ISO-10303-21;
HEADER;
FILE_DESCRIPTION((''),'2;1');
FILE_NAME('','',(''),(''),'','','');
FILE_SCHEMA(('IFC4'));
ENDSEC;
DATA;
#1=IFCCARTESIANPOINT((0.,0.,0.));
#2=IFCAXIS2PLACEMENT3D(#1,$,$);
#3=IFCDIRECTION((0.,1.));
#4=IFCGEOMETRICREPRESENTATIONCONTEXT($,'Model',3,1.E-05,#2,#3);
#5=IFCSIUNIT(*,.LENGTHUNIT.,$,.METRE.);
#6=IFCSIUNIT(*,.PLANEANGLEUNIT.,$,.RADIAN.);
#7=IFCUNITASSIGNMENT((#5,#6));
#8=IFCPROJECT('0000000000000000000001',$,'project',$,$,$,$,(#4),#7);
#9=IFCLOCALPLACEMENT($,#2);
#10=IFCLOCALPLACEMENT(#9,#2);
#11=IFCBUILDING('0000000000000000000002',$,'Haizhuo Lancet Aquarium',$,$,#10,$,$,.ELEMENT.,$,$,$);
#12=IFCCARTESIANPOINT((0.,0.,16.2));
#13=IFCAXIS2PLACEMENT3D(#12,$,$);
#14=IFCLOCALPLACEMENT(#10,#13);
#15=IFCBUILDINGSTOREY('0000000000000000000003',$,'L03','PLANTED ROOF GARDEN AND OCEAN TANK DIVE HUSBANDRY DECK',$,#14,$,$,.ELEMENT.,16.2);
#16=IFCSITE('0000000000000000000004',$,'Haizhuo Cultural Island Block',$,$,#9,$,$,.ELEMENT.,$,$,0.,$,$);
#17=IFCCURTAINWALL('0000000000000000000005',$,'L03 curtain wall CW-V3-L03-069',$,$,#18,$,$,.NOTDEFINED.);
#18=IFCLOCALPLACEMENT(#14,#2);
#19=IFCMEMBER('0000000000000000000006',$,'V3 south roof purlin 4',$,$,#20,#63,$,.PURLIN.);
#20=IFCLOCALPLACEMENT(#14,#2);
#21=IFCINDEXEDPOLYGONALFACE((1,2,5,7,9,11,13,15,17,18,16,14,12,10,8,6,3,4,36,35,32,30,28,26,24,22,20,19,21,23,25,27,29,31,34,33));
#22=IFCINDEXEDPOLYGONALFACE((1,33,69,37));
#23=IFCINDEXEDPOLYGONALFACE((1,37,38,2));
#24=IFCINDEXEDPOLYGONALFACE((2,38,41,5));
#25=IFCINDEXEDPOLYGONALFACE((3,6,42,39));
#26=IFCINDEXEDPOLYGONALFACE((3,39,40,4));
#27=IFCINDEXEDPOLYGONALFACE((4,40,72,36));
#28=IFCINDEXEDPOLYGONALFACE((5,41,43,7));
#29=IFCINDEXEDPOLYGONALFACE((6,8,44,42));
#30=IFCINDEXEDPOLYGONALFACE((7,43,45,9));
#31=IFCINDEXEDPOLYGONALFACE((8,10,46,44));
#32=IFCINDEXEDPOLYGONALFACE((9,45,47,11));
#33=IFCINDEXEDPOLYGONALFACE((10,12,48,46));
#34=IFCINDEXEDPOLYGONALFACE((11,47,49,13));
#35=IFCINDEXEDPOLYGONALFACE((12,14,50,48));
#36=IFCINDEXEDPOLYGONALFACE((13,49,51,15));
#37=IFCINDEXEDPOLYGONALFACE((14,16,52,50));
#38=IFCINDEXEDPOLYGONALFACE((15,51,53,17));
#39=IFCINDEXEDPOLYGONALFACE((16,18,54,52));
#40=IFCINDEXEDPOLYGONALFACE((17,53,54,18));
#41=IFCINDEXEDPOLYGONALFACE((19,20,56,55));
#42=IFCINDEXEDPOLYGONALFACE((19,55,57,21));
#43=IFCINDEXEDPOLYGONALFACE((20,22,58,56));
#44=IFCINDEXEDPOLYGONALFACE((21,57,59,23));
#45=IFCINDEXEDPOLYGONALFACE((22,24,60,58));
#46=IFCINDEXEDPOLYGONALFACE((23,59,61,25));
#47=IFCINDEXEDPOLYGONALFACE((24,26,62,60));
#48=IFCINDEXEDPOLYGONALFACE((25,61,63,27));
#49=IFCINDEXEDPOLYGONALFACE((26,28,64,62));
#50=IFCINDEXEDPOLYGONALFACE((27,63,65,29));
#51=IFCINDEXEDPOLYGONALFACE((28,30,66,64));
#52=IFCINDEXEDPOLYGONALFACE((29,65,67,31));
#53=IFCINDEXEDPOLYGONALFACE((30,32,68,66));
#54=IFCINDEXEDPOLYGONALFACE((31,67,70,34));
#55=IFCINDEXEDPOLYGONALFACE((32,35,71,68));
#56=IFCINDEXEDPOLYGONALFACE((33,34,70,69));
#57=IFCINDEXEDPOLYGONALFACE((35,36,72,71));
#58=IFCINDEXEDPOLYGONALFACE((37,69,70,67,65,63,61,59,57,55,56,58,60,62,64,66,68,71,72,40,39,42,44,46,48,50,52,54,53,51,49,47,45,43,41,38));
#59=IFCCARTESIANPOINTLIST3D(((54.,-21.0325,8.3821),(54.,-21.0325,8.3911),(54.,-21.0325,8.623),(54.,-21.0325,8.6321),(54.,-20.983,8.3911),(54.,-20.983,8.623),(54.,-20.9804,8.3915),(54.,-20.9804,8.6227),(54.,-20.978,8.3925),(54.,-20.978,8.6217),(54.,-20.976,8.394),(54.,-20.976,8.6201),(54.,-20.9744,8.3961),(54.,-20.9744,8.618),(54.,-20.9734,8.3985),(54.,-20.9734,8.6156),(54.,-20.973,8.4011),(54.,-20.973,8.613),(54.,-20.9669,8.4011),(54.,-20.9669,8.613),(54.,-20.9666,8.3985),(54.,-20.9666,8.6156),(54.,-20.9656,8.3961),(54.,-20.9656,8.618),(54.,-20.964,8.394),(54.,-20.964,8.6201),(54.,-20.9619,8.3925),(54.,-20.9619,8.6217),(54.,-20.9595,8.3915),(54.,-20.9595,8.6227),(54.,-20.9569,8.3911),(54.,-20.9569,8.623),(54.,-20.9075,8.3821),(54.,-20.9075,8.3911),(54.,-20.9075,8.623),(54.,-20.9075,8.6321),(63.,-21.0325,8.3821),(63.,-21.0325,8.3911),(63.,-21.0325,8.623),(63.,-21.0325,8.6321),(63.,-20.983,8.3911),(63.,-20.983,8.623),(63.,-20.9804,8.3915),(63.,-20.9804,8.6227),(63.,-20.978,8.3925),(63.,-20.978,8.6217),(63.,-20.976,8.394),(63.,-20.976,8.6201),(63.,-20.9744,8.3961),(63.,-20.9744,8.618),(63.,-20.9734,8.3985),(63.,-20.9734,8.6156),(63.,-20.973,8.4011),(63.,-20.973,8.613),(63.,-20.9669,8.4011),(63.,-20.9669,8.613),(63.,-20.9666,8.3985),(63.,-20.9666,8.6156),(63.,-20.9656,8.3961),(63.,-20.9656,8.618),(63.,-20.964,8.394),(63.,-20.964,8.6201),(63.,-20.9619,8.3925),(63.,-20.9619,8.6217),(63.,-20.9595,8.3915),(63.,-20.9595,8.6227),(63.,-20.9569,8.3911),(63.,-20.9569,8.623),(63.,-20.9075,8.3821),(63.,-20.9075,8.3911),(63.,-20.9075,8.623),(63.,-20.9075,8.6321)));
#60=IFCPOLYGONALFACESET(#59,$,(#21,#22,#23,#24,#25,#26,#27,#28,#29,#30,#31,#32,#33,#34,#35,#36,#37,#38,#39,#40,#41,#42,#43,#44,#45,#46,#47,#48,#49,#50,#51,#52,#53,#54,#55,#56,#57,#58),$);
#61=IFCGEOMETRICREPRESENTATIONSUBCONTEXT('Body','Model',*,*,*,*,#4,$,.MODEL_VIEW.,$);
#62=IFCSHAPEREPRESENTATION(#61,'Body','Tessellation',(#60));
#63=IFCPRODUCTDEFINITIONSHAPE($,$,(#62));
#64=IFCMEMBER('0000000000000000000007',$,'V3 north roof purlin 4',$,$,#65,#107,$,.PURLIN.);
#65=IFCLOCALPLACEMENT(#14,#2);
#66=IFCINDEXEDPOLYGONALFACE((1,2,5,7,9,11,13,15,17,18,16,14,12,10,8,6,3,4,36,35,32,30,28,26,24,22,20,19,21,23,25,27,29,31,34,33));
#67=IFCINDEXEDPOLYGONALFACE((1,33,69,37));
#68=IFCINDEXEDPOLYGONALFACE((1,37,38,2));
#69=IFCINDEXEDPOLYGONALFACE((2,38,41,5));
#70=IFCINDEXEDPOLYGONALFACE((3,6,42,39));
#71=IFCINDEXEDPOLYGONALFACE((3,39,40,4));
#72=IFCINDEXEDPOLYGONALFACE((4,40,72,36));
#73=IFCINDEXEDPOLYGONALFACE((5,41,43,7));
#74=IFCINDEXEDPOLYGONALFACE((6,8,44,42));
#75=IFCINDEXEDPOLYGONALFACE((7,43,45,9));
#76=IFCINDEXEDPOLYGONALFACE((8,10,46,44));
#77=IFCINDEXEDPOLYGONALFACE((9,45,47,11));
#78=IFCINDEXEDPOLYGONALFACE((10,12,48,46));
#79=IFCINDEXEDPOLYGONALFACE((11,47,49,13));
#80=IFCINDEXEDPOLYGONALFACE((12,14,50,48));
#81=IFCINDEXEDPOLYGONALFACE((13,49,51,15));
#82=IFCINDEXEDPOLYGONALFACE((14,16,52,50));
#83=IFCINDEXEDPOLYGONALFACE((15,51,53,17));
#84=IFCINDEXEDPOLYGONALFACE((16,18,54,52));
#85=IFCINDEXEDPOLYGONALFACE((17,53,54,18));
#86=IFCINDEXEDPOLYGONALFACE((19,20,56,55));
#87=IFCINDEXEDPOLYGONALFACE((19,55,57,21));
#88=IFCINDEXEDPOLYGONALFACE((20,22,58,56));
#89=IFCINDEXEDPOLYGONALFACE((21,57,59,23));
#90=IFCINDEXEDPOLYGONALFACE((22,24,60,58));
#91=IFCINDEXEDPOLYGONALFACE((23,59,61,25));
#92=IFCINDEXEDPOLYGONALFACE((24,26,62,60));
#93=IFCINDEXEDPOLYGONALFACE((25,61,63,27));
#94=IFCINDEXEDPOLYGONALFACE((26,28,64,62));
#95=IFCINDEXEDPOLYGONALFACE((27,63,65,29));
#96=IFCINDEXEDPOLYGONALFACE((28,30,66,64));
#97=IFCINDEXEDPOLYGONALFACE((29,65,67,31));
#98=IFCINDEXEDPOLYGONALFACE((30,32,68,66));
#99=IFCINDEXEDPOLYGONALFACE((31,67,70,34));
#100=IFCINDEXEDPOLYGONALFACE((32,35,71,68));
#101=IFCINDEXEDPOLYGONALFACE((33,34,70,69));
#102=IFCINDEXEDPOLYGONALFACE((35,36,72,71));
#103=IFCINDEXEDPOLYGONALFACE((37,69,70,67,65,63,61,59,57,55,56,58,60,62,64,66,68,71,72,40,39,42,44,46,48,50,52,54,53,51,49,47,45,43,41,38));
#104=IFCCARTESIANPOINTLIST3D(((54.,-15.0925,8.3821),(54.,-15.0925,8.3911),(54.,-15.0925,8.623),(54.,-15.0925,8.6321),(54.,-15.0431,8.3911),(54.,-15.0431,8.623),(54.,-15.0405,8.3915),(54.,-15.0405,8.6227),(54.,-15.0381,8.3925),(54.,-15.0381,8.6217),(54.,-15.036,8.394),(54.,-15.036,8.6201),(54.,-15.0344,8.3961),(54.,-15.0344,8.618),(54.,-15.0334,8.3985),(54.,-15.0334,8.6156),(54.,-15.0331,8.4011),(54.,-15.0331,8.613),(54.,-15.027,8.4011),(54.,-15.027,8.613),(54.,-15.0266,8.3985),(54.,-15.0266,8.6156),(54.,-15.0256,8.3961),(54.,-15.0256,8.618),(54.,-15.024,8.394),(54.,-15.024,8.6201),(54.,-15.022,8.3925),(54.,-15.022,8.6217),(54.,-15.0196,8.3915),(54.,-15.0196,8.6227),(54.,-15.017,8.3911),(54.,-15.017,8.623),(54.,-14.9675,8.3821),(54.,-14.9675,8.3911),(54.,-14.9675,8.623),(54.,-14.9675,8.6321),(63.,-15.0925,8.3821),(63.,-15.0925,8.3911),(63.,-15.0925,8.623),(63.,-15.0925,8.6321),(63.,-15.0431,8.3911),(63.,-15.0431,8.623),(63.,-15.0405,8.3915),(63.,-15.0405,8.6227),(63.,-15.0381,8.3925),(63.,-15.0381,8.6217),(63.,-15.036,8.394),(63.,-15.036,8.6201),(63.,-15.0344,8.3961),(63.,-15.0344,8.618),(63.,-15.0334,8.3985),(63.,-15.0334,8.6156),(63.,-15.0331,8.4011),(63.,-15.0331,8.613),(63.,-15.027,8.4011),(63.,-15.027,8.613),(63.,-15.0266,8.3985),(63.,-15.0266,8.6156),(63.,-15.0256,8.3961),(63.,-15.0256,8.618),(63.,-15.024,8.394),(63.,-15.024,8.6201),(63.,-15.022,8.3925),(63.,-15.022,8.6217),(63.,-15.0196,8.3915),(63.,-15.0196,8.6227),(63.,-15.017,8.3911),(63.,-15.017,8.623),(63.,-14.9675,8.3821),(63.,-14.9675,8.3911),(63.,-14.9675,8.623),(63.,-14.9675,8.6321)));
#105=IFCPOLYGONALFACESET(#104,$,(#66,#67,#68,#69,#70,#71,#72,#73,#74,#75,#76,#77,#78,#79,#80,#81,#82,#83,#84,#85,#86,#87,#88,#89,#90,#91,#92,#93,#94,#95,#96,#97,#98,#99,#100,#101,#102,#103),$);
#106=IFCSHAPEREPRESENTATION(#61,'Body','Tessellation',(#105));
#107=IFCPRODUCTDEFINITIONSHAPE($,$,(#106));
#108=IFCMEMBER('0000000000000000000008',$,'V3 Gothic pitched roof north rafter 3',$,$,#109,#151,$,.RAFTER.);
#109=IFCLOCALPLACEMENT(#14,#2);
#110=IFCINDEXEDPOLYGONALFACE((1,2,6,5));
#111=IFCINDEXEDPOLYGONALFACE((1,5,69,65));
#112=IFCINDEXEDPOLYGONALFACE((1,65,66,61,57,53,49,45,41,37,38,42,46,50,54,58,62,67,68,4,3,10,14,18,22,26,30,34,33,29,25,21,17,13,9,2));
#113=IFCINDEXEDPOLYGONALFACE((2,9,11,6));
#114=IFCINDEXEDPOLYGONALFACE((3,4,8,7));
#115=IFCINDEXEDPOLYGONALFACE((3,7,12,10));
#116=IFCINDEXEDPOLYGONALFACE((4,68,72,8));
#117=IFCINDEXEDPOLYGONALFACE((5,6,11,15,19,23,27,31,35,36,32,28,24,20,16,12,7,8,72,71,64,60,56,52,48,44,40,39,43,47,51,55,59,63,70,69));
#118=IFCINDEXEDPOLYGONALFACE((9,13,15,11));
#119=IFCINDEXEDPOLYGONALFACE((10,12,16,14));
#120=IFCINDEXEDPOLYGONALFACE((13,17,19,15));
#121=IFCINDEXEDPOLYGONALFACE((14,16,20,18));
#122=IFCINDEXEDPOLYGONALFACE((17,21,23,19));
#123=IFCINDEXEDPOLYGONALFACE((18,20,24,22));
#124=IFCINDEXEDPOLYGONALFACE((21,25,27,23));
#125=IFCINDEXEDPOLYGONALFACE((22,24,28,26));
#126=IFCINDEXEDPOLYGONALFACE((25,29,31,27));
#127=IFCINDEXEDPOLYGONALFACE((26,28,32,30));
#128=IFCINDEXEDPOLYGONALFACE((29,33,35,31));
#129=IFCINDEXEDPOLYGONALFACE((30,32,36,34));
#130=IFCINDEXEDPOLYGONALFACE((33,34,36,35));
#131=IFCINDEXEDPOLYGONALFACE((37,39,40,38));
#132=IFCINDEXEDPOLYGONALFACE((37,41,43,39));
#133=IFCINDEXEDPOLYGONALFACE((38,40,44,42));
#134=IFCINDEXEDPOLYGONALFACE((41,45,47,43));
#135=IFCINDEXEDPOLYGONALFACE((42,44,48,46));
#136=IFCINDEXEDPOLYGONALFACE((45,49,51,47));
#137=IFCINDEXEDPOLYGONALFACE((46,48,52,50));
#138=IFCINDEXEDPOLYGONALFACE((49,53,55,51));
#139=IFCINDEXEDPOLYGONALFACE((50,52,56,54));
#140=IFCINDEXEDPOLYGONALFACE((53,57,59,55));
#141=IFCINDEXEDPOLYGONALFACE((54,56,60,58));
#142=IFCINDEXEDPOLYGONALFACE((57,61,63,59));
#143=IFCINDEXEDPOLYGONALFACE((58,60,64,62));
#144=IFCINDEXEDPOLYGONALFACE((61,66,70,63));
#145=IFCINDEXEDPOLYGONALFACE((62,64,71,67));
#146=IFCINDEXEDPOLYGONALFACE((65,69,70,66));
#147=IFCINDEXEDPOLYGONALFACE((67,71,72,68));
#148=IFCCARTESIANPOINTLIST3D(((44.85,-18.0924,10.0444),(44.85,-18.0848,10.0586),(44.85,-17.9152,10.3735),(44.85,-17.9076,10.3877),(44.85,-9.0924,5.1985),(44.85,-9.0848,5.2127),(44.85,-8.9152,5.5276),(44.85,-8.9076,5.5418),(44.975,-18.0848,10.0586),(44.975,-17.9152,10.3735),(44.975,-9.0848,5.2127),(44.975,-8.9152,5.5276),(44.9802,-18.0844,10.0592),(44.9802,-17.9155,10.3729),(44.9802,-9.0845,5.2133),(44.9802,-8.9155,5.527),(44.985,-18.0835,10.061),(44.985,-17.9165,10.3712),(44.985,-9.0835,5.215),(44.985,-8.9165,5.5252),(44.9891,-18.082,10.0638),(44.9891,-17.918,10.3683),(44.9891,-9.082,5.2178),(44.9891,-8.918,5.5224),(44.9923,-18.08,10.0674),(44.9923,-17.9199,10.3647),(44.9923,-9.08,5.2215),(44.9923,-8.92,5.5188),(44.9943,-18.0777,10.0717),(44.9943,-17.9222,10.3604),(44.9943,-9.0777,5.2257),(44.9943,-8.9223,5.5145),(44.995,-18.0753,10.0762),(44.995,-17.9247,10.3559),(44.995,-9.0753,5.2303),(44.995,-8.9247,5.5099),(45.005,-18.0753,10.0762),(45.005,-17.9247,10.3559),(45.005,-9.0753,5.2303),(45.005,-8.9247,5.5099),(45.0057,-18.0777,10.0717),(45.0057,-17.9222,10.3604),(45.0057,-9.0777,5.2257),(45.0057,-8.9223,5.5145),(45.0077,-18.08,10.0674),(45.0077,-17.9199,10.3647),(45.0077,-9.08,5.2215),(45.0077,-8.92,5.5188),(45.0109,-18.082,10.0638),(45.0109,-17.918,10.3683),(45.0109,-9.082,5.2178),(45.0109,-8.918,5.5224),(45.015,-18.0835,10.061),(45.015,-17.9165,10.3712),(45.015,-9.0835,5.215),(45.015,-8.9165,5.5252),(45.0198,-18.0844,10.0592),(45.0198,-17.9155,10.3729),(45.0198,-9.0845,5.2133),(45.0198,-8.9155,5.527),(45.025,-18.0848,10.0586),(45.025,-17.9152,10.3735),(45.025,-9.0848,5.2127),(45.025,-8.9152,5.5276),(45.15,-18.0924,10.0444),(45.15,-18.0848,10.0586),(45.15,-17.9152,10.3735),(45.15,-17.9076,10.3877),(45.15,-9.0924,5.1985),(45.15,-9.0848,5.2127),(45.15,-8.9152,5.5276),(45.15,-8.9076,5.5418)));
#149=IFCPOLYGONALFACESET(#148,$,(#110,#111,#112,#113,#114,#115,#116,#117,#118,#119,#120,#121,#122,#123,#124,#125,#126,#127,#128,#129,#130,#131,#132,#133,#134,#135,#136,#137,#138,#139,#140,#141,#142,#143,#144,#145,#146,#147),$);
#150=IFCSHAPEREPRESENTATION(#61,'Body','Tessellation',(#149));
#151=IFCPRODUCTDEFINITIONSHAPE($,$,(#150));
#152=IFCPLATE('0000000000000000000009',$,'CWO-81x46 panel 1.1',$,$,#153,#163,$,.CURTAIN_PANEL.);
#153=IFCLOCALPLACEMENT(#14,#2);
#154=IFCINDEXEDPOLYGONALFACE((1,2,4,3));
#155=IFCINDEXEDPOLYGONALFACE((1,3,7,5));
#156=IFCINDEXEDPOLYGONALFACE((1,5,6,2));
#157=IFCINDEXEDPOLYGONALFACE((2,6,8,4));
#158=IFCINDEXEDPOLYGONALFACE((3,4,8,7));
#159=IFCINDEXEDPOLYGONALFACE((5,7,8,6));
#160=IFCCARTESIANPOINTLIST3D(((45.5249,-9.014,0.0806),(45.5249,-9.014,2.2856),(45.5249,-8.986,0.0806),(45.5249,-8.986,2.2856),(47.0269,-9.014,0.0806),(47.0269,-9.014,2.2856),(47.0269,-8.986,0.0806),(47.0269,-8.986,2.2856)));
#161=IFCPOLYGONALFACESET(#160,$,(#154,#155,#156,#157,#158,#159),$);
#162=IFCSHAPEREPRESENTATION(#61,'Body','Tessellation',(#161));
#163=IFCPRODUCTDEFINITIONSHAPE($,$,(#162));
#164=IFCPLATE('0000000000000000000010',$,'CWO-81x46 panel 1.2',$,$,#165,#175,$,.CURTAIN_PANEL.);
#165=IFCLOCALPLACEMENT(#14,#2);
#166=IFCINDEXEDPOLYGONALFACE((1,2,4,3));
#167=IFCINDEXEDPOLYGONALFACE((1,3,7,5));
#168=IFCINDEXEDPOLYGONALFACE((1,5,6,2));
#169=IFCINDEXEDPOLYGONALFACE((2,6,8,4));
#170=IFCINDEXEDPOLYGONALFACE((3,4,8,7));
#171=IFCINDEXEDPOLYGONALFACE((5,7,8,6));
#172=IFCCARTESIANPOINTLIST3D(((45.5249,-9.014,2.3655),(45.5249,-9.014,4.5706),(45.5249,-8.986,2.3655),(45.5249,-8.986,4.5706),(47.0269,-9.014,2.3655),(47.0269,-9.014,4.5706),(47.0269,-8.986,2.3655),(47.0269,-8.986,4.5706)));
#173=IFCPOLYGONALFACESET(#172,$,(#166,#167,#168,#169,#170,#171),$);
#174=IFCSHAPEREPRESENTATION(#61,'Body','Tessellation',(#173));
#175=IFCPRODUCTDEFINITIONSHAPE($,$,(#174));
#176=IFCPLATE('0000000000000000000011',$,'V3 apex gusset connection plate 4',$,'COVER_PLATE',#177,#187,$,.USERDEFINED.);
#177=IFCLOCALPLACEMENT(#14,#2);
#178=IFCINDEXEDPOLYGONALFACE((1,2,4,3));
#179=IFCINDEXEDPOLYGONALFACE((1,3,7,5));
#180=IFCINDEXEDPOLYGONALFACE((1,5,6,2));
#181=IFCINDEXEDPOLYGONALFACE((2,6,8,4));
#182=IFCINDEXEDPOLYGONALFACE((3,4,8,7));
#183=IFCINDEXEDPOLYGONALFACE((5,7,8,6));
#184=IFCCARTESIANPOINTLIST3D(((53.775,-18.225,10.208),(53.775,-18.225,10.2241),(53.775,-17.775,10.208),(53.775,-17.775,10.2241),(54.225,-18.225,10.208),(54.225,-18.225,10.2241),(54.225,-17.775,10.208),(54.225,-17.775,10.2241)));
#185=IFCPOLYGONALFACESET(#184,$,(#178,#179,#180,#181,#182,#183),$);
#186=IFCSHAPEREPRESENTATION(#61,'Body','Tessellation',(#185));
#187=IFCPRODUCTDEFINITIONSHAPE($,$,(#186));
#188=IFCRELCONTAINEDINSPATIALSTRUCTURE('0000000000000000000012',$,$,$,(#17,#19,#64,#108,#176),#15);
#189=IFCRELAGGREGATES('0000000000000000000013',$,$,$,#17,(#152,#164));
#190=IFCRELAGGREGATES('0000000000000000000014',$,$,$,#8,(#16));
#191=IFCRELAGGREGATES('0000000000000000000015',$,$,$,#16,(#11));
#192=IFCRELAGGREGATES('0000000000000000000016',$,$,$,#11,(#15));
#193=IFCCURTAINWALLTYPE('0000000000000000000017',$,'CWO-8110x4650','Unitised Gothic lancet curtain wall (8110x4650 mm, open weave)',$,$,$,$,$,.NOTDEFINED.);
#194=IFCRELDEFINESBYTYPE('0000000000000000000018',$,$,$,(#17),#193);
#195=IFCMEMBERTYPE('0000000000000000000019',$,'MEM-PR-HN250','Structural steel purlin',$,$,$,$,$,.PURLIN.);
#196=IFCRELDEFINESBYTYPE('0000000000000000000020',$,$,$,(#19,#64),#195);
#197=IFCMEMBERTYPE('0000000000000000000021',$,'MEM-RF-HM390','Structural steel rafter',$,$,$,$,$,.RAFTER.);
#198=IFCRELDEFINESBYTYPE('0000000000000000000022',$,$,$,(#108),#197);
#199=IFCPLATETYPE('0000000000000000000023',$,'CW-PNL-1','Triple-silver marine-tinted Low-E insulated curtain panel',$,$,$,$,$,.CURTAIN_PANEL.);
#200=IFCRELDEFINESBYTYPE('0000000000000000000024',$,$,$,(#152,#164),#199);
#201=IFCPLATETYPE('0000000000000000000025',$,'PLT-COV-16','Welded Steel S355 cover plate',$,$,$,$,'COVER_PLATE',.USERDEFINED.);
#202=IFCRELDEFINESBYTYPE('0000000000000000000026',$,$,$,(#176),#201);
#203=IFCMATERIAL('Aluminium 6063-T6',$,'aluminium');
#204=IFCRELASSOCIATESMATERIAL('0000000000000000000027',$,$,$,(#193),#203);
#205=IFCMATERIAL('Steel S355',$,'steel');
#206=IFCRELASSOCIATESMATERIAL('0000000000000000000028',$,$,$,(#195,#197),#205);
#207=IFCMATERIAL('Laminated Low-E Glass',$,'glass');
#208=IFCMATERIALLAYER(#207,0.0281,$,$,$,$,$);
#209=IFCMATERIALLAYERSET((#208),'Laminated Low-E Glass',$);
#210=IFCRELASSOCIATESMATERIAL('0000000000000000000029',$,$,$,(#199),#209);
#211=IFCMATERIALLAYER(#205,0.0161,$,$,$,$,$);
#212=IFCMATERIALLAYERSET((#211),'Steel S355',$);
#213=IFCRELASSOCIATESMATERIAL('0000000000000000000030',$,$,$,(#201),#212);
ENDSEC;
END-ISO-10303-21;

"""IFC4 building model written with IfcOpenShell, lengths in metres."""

from ifc_helpers import new_model, si_unit, direction, frame, origin, origin_2d, place, context, subcontext, project, spatial, rectangle, i_section, extrude, material, layer, layer_set, material_profile, profile_set, type_object, element, aggregate, save


model = new_model("IFC4")

# Units and contexts
model_context = context("Model", 3, precision=1e-05, world=origin(), true_north=direction((0.0, 1.0)))
body_context = subcontext(model_context, "Body", "Model", "MODEL_VIEW")
ifc_project = project(units=[si_unit("LENGTHUNIT", "METRE"), si_unit("PLANEANGLEUNIT", "RADIAN")], contexts=[model_context])

# Site, building, storey
site_placement = place(None, origin())
site = spatial("IfcSite", under=ifc_project, at=site_placement, Name="Haizhuo Cultural Island Block", CompositionType="ELEMENT", RefElevation=0.0)
building_placement = place(site_placement, origin())
building = spatial("IfcBuilding", under=site, at=building_placement, Name="Haizhuo Lancet Aquarium", CompositionType="ELEMENT")
storey_placement = place(building_placement, frame((0.0, 0.0, 16.2)))
storey = spatial("IfcBuildingStorey", under=building, at=storey_placement, Name="L03", Description="PLANTED ROOF GARDEN AND OCEAN TANK DIVE HUSBANDRY DECK", CompositionType="ELEMENT", Elevation=16.2)

# Curtain wall
ifc_material_1 = material(Name="Aluminium 6063-T6", Category="aluminium")
curtain_wall_type = type_object("IfcCurtainWallType", Name="CWO-8110x4650", Description="Unitised Gothic lancet curtain wall (8110x4650 mm, open weave)", PredefinedType="NOTDEFINED", material=ifc_material_1)
curtain_wall_placement = place(storey_placement, origin())
curtain_wall = element("IfcCurtainWall", 1, at=curtain_wall_placement, inside=storey, type_object=curtain_wall_type, Name="L03 curtain wall CW-V3-L03-069", PredefinedType="NOTDEFINED")

# Members
ifc_material_2 = material(Name="Steel S355", Category="steel")
ifc_material_profile_1 = material_profile(ifc_material_2, i_section(OverallWidth=0.125, OverallDepth=0.25, WebThickness=0.0061, FlangeThickness=0.009, FilletRadius=0.01, at=origin_2d()), Name="HN 250x125x6x9")
ifc_profile_set_1 = profile_set([ifc_material_profile_1], Name="Steel S355")
member_type_1 = type_object("IfcMemberType", Name="MEM-PR-HN250", Description="Structural steel purlin", PredefinedType="PURLIN", material=ifc_profile_set_1)
for number, where, z_axis, x_axis, name in (
    (2, (54.0, -20.97, 8.5071), (1.0, 0.0, 0.0), (0.0, 1.0, 0.0), "V3 south roof purlin 4"),
    (3, (54.0, -15.03, 8.5071), (1.0, 0.0, 0.0), (0.0, 1.0, 0.0), "V3 north roof purlin 4"),
):
    element("IfcMember", number, at=place(storey_placement, frame(where, z_axis=z_axis, x_axis=x_axis)), inside=storey, type_object=member_type_1, Name=name, PredefinedType="PURLIN", context=body_context, shape_type="SweptSolid", body=[
        extrude(i_section(OverallWidth=0.125, OverallDepth=0.25, WebThickness=0.0061, FlangeThickness=0.009, FilletRadius=0.01, at=origin_2d()), origin(), (0.0, 0.0, 1.0), 9.0),
    ])
ifc_material_profile_2 = material_profile(ifc_material_2, i_section(OverallWidth=0.3, OverallDepth=0.3899, WebThickness=0.01, FlangeThickness=0.0161, FilletRadius=0.02, at=origin_2d()), Name="HM 390x300x10x16")
ifc_profile_set_2 = profile_set([ifc_material_profile_2], Name="Steel S355")
member_type_2 = type_object("IfcMemberType", Name="MEM-RF-HM390", Description="Structural steel rafter", PredefinedType="RAFTER", material=ifc_profile_set_2)
member_1_placement = place(storey_placement, frame((45.0, -9.0, 5.3701), z_axis=(0.0, -0.88048, 0.474084), x_axis=(1.0, 0.0, 0.0)))
element("IfcMember", 4, at=member_1_placement, inside=storey, type_object=member_type_2, Name="V3 Gothic pitched roof north rafter 3", PredefinedType="RAFTER", context=body_context, shape_type="SweptSolid", body=[
    extrude(i_section(OverallWidth=0.3, OverallDepth=0.3899, WebThickness=0.01, FlangeThickness=0.0161, FilletRadius=0.02, at=origin_2d()), origin(), (0.0, 0.0, 1.0), 10.2217),
])

# Plates
ifc_material_3 = material(Name="Laminated Low-E Glass", Category="glass")
ifc_layer_1 = layer(ifc_material_3, 0.0281)
ifc_layer_set_1 = layer_set([ifc_layer_1], Name="Laminated Low-E Glass")
plate_type_1 = type_object("IfcPlateType", Name="CW-PNL-1", Description="Triple-silver marine-tinted Low-E insulated curtain panel", PredefinedType="CURTAIN_PANEL", material=ifc_layer_set_1)
plate_1_placement = place(storey_placement, frame((46.2759, -9.0, 0.0806), z_axis=(0.0, 0.0, 1.0), x_axis=(1.0, 0.0, 0.0)))
plate_1 = element("IfcPlate", 5, at=plate_1_placement, type_object=plate_type_1, Name="CWO-81x46 panel 1.1", PredefinedType="CURTAIN_PANEL", context=body_context, shape_type="SweptSolid", body=[
    extrude(rectangle(XDim=1.502, YDim=0.0281, at=origin_2d()), origin(), (0.0, 0.0, 1.0), 2.2051),
])
plate_2_placement = place(storey_placement, frame((46.2759, -9.0, 2.3655), z_axis=(0.0, 0.0, 1.0), x_axis=(1.0, 0.0, 0.0)))
plate_2 = element("IfcPlate", 6, at=plate_2_placement, type_object=plate_type_1, Name="CWO-81x46 panel 1.2", PredefinedType="CURTAIN_PANEL", context=body_context, shape_type="SweptSolid", body=[
    extrude(rectangle(XDim=1.502, YDim=0.0281, at=origin_2d()), origin(), (0.0, 0.0, 1.0), 2.2051),
])
aggregate(curtain_wall, [plate_1, plate_2])

# Plate
ifc_layer_2 = layer(ifc_material_2, 0.0161)
ifc_layer_set_2 = layer_set([ifc_layer_2], Name="Steel S355")
plate_type_2 = type_object("IfcPlateType", Name="PLT-COV-16", Description="Welded Steel S355 cover plate", ElementType="COVER_PLATE", PredefinedType="USERDEFINED", material=ifc_layer_set_2)
plate_3_placement = place(storey_placement, frame((54.0, -18.0, 10.208), z_axis=(0.0, 0.0, 1.0), x_axis=(1.0, 0.0, 0.0)))
element("IfcPlate", 7, at=plate_3_placement, inside=storey, type_object=plate_type_2, Name="V3 apex gusset connection plate 4", ObjectType="COVER_PLATE", PredefinedType="USERDEFINED", context=body_context, shape_type="SweptSolid", body=[
    extrude(rectangle(XDim=0.45, YDim=0.45, at=origin_2d()), origin(), (0.0, 0.0, 1.0), 0.0161),
])

save(model, "model.ifc")
